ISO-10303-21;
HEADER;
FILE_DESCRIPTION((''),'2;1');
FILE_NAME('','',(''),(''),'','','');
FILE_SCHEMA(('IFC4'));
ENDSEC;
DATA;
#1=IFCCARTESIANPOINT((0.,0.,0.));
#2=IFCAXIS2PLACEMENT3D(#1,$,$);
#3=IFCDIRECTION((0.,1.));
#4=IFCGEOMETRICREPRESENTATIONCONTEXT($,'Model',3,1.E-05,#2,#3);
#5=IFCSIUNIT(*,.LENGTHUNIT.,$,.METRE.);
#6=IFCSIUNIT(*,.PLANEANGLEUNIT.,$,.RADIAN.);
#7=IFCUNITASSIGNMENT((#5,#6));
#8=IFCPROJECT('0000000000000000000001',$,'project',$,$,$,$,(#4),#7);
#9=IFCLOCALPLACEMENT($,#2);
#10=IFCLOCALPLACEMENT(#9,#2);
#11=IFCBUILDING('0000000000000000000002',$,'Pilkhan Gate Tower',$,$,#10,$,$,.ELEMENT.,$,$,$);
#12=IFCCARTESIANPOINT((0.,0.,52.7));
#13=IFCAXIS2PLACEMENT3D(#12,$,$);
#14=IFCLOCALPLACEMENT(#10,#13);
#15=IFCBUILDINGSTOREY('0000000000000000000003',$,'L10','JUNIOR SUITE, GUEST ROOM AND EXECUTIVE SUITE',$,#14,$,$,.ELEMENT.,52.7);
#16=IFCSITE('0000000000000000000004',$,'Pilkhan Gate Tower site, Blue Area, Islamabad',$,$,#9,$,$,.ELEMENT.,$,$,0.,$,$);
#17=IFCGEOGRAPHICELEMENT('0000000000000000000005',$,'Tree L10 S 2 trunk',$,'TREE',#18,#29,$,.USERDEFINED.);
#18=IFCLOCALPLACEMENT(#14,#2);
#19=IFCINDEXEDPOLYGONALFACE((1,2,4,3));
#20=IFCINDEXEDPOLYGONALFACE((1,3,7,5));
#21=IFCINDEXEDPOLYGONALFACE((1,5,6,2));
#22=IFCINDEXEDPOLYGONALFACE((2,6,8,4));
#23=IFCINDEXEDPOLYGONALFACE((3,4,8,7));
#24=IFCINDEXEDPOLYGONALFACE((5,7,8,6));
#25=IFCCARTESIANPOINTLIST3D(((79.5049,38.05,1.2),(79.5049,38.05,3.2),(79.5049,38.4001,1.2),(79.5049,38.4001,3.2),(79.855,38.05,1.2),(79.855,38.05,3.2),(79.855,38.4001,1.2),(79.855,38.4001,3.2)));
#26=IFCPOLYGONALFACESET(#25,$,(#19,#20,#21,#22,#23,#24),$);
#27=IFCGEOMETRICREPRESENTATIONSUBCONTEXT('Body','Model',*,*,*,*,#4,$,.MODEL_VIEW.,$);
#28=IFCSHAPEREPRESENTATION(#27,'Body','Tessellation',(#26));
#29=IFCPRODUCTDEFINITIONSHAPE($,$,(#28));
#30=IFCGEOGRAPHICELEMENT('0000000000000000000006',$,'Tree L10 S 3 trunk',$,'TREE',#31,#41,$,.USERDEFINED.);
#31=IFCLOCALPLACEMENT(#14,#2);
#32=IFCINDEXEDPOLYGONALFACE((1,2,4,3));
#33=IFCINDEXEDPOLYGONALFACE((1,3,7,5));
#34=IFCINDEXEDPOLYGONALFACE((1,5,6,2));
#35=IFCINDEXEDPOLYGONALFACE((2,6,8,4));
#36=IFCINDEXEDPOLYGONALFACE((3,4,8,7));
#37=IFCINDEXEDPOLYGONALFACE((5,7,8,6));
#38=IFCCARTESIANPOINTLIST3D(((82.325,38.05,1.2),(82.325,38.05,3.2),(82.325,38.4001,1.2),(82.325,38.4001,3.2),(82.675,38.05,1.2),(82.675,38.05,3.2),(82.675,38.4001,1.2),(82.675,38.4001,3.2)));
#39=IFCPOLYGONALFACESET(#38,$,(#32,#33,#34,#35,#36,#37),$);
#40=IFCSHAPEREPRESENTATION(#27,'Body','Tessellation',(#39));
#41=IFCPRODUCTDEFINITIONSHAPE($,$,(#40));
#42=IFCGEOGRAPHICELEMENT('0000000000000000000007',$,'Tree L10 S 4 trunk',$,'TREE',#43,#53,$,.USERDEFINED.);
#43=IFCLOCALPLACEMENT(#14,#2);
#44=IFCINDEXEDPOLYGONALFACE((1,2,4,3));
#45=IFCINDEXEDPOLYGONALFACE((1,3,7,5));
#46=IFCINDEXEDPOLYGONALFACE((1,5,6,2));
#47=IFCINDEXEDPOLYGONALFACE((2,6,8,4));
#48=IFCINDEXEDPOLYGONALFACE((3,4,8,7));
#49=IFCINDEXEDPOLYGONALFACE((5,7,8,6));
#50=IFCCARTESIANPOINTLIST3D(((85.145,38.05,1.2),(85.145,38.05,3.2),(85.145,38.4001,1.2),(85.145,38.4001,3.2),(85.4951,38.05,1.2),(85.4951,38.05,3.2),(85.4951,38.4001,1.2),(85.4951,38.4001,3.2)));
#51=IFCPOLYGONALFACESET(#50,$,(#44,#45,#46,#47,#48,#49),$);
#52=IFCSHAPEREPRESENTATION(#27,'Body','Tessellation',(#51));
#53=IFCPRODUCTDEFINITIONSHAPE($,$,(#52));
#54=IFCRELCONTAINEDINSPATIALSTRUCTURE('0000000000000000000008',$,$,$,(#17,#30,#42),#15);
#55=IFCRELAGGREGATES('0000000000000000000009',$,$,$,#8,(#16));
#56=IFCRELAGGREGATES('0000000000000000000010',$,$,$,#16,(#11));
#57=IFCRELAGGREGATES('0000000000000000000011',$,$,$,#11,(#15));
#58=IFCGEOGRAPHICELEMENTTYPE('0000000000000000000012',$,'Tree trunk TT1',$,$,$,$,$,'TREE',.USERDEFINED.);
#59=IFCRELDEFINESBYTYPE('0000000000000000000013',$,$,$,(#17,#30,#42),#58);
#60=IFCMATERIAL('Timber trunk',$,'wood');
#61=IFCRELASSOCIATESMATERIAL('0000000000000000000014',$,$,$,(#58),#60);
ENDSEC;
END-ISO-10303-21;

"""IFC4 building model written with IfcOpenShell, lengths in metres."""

from ifc_helpers import new_model, si_unit, direction, frame, origin, origin_2d, place, context, subcontext, project, spatial, rectangle, extrude, material, type_object, element, save


model = new_model("IFC4")

# Units and contexts
model_context = context("Model", 3, precision=1e-05, world=origin(), true_north=direction((0.0, 1.0)))
body_context = subcontext(model_context, "Body", "Model", "MODEL_VIEW")
ifc_project = project(units=[si_unit("LENGTHUNIT", "METRE"), si_unit("PLANEANGLEUNIT", "RADIAN")], contexts=[model_context])

# Site, building, storey
site_placement = place(None, origin())
site = spatial("IfcSite", under=ifc_project, at=site_placement, Name="Pilkhan Gate Tower site, Blue Area, Islamabad", CompositionType="ELEMENT", RefElevation=0.0)
building_placement = place(site_placement, origin())
building = spatial("IfcBuilding", under=site, at=building_placement, Name="Pilkhan Gate Tower", CompositionType="ELEMENT")
storey_placement = place(building_placement, frame((0.0, 0.0, 52.7)))
storey = spatial("IfcBuildingStorey", under=building, at=storey_placement, Name="L10", Description="JUNIOR SUITE, GUEST ROOM AND EXECUTIVE SUITE", CompositionType="ELEMENT", Elevation=52.7)

# Geographic elements
ifc_material_1 = material(Name="Timber trunk", Category="wood")
geographic_element_type_1 = type_object("IfcGeographicElementType", Name="Tree trunk TT1", ElementType="TREE", PredefinedType="USERDEFINED", material=ifc_material_1)
for number, where, z_axis, x_axis, name in (
    (1, (79.6799, 38.2251, 1.2), (0.0, 0.0, 1.0), (1.0, 0.0, 0.0), "Tree L10 S 2 trunk"),
    (2, (82.5, 38.2251, 1.2), (0.0, 0.0, 1.0), (1.0, 0.0, 0.0), "Tree L10 S 3 trunk"),
    (3, (85.3201, 38.2251, 1.2), (0.0, 0.0, 1.0), (1.0, 0.0, 0.0), "Tree L10 S 4 trunk"),
):
    element("IfcGeographicElement", number, at=place(storey_placement, frame(where, z_axis=z_axis, x_axis=x_axis)), inside=storey, type_object=geographic_element_type_1, Name=name, ObjectType="TREE", PredefinedType="USERDEFINED", context=body_context, shape_type="SweptSolid", body=[
        extrude(rectangle(XDim=0.3501, YDim=0.3501, at=origin_2d()), origin(), (0.0, 0.0, 1.0), 2.0),
    ])

save(model, "model.ifc")
